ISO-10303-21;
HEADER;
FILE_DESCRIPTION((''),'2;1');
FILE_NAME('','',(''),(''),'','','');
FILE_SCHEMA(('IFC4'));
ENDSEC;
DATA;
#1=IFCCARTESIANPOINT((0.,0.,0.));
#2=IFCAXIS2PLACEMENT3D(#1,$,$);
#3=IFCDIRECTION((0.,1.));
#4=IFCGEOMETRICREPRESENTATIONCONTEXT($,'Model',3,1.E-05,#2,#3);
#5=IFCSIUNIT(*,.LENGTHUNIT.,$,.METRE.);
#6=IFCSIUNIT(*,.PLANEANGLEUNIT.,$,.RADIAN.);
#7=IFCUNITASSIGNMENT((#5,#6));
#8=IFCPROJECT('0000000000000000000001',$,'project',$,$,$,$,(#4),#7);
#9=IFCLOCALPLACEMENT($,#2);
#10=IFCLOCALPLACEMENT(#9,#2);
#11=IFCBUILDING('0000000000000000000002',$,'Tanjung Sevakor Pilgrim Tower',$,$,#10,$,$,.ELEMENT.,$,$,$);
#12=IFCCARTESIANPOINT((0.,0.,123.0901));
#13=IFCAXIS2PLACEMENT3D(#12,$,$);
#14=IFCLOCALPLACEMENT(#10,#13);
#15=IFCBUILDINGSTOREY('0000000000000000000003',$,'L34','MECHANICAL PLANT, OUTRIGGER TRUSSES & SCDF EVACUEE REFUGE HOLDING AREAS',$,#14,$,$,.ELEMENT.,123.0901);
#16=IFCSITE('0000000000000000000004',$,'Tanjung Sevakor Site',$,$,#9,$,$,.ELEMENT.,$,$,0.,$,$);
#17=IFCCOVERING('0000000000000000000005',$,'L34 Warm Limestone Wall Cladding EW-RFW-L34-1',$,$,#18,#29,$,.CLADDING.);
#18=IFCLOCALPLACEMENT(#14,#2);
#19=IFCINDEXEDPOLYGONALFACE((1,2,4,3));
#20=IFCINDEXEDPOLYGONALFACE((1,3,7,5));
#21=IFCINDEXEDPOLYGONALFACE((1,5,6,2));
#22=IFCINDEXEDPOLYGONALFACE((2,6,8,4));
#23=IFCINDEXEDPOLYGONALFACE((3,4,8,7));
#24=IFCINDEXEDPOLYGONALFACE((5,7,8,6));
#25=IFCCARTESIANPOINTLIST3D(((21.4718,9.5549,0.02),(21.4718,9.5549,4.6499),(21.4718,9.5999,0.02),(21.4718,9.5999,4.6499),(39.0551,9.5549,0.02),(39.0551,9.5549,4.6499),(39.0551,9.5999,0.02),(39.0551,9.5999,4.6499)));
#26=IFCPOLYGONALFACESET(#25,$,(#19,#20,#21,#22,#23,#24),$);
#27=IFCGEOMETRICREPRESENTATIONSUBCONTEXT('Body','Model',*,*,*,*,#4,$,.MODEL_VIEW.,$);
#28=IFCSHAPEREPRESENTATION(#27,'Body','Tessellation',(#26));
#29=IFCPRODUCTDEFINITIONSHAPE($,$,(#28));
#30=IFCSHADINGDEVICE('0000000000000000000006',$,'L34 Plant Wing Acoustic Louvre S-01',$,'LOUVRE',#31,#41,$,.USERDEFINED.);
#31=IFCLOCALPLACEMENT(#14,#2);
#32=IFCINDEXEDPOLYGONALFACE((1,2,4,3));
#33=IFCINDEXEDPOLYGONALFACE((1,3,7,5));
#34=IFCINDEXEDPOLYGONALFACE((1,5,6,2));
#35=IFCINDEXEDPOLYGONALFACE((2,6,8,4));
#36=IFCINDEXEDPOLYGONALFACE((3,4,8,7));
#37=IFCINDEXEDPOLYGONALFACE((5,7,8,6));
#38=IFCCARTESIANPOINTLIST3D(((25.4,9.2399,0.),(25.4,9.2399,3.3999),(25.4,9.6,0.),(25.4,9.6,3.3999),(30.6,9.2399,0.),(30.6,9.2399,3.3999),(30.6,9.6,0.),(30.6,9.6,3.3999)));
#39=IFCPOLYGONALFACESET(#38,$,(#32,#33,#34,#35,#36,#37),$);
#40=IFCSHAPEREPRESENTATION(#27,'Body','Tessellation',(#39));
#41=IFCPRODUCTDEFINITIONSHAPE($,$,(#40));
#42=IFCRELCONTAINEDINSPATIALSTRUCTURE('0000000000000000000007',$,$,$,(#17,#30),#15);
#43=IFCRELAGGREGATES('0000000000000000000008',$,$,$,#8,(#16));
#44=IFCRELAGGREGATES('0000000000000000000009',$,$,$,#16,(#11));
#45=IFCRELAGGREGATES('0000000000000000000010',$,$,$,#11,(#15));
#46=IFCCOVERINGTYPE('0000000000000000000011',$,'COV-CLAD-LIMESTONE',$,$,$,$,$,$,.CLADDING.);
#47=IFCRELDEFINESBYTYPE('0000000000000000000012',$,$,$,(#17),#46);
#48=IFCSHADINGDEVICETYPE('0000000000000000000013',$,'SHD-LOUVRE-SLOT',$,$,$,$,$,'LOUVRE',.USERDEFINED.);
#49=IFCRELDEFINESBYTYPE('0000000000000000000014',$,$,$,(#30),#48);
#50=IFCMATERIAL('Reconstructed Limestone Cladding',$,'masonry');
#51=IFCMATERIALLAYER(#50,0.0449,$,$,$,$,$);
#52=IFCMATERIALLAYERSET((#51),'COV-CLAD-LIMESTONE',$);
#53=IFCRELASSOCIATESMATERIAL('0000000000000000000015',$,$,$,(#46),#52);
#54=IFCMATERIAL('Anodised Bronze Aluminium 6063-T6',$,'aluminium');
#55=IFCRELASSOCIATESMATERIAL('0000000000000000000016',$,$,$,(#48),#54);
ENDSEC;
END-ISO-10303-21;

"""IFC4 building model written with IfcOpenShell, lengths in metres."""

from ifc_helpers import new_model, si_unit, direction, frame, origin, origin_2d, place, context, subcontext, project, spatial, rectangle, extrude, material, layer, layer_set, type_object, element, save


model = new_model("IFC4")

# Units and contexts
model_context = context("Model", 3, precision=1e-05, world=origin(), true_north=direction((0.0, 1.0)))
body_context = subcontext(model_context, "Body", "Model", "MODEL_VIEW")
ifc_project = project(units=[si_unit("LENGTHUNIT", "METRE"), si_unit("PLANEANGLEUNIT", "RADIAN")], contexts=[model_context])

# Site, building, storey
site_placement = place(None, origin())
site = spatial("IfcSite", under=ifc_project, at=site_placement, Name="Tanjung Sevakor Site", CompositionType="ELEMENT", RefElevation=0.0)
building_placement = place(site_placement, origin())
building = spatial("IfcBuilding", under=site, at=building_placement, Name="Tanjung Sevakor Pilgrim Tower", CompositionType="ELEMENT")
storey_placement = place(building_placement, frame((0.0, 0.0, 123.0901)))
storey = spatial("IfcBuildingStorey", under=building, at=storey_placement, Name="L34", Description="MECHANICAL PLANT, OUTRIGGER TRUSSES & SCDF EVACUEE REFUGE HOLDING AREAS", CompositionType="ELEMENT", Elevation=123.0901)

# Covering
ifc_material_1 = material(Name="Reconstructed Limestone Cladding", Category="masonry")
ifc_layer_1 = layer(ifc_material_1, 0.0449)
ifc_layer_set_1 = layer_set([ifc_layer_1], Name="COV-CLAD-LIMESTONE")
covering_type = type_object("IfcCoveringType", Name="COV-CLAD-LIMESTONE", PredefinedType="CLADDING", material=ifc_layer_set_1)
covering_placement = place(storey_placement, frame((30.2634, 9.5774, 0.02), z_axis=(0.0, 0.0, 1.0), x_axis=(1.0, 0.0, 0.0)))
element("IfcCovering", 1, at=covering_placement, inside=storey, type_object=covering_type, Name="L34 Warm Limestone Wall Cladding EW-RFW-L34-1", PredefinedType="CLADDING", context=body_context, shape_type="SweptSolid", body=[
    extrude(rectangle(XDim=17.5833, YDim=0.0449, at=origin_2d()), origin(), (0.0, 0.0, 1.0), 4.6299),
])

# Shading device
ifc_material_2 = material(Name="Anodised Bronze Aluminium 6063-T6", Category="aluminium")
shading_device_type = type_object("IfcShadingDeviceType", Name="SHD-LOUVRE-SLOT", ElementType="LOUVRE", PredefinedType="USERDEFINED", material=ifc_material_2)
shading_device_placement = place(storey_placement, frame((28.0, 9.4199, 0.0), z_axis=(0.0, 0.0, 1.0), x_axis=(1.0, 0.0, 0.0)))
element("IfcShadingDevice", 2, at=shading_device_placement, inside=storey, type_object=shading_device_type, Name="L34 Plant Wing Acoustic Louvre S-01", ObjectType="LOUVRE", PredefinedType="USERDEFINED", context=body_context, shape_type="SweptSolid", body=[
    extrude(rectangle(XDim=5.2, YDim=0.3601, at=origin_2d()), origin(), (0.0, 0.0, 1.0), 3.3999),
])

save(model, "model.ifc")
